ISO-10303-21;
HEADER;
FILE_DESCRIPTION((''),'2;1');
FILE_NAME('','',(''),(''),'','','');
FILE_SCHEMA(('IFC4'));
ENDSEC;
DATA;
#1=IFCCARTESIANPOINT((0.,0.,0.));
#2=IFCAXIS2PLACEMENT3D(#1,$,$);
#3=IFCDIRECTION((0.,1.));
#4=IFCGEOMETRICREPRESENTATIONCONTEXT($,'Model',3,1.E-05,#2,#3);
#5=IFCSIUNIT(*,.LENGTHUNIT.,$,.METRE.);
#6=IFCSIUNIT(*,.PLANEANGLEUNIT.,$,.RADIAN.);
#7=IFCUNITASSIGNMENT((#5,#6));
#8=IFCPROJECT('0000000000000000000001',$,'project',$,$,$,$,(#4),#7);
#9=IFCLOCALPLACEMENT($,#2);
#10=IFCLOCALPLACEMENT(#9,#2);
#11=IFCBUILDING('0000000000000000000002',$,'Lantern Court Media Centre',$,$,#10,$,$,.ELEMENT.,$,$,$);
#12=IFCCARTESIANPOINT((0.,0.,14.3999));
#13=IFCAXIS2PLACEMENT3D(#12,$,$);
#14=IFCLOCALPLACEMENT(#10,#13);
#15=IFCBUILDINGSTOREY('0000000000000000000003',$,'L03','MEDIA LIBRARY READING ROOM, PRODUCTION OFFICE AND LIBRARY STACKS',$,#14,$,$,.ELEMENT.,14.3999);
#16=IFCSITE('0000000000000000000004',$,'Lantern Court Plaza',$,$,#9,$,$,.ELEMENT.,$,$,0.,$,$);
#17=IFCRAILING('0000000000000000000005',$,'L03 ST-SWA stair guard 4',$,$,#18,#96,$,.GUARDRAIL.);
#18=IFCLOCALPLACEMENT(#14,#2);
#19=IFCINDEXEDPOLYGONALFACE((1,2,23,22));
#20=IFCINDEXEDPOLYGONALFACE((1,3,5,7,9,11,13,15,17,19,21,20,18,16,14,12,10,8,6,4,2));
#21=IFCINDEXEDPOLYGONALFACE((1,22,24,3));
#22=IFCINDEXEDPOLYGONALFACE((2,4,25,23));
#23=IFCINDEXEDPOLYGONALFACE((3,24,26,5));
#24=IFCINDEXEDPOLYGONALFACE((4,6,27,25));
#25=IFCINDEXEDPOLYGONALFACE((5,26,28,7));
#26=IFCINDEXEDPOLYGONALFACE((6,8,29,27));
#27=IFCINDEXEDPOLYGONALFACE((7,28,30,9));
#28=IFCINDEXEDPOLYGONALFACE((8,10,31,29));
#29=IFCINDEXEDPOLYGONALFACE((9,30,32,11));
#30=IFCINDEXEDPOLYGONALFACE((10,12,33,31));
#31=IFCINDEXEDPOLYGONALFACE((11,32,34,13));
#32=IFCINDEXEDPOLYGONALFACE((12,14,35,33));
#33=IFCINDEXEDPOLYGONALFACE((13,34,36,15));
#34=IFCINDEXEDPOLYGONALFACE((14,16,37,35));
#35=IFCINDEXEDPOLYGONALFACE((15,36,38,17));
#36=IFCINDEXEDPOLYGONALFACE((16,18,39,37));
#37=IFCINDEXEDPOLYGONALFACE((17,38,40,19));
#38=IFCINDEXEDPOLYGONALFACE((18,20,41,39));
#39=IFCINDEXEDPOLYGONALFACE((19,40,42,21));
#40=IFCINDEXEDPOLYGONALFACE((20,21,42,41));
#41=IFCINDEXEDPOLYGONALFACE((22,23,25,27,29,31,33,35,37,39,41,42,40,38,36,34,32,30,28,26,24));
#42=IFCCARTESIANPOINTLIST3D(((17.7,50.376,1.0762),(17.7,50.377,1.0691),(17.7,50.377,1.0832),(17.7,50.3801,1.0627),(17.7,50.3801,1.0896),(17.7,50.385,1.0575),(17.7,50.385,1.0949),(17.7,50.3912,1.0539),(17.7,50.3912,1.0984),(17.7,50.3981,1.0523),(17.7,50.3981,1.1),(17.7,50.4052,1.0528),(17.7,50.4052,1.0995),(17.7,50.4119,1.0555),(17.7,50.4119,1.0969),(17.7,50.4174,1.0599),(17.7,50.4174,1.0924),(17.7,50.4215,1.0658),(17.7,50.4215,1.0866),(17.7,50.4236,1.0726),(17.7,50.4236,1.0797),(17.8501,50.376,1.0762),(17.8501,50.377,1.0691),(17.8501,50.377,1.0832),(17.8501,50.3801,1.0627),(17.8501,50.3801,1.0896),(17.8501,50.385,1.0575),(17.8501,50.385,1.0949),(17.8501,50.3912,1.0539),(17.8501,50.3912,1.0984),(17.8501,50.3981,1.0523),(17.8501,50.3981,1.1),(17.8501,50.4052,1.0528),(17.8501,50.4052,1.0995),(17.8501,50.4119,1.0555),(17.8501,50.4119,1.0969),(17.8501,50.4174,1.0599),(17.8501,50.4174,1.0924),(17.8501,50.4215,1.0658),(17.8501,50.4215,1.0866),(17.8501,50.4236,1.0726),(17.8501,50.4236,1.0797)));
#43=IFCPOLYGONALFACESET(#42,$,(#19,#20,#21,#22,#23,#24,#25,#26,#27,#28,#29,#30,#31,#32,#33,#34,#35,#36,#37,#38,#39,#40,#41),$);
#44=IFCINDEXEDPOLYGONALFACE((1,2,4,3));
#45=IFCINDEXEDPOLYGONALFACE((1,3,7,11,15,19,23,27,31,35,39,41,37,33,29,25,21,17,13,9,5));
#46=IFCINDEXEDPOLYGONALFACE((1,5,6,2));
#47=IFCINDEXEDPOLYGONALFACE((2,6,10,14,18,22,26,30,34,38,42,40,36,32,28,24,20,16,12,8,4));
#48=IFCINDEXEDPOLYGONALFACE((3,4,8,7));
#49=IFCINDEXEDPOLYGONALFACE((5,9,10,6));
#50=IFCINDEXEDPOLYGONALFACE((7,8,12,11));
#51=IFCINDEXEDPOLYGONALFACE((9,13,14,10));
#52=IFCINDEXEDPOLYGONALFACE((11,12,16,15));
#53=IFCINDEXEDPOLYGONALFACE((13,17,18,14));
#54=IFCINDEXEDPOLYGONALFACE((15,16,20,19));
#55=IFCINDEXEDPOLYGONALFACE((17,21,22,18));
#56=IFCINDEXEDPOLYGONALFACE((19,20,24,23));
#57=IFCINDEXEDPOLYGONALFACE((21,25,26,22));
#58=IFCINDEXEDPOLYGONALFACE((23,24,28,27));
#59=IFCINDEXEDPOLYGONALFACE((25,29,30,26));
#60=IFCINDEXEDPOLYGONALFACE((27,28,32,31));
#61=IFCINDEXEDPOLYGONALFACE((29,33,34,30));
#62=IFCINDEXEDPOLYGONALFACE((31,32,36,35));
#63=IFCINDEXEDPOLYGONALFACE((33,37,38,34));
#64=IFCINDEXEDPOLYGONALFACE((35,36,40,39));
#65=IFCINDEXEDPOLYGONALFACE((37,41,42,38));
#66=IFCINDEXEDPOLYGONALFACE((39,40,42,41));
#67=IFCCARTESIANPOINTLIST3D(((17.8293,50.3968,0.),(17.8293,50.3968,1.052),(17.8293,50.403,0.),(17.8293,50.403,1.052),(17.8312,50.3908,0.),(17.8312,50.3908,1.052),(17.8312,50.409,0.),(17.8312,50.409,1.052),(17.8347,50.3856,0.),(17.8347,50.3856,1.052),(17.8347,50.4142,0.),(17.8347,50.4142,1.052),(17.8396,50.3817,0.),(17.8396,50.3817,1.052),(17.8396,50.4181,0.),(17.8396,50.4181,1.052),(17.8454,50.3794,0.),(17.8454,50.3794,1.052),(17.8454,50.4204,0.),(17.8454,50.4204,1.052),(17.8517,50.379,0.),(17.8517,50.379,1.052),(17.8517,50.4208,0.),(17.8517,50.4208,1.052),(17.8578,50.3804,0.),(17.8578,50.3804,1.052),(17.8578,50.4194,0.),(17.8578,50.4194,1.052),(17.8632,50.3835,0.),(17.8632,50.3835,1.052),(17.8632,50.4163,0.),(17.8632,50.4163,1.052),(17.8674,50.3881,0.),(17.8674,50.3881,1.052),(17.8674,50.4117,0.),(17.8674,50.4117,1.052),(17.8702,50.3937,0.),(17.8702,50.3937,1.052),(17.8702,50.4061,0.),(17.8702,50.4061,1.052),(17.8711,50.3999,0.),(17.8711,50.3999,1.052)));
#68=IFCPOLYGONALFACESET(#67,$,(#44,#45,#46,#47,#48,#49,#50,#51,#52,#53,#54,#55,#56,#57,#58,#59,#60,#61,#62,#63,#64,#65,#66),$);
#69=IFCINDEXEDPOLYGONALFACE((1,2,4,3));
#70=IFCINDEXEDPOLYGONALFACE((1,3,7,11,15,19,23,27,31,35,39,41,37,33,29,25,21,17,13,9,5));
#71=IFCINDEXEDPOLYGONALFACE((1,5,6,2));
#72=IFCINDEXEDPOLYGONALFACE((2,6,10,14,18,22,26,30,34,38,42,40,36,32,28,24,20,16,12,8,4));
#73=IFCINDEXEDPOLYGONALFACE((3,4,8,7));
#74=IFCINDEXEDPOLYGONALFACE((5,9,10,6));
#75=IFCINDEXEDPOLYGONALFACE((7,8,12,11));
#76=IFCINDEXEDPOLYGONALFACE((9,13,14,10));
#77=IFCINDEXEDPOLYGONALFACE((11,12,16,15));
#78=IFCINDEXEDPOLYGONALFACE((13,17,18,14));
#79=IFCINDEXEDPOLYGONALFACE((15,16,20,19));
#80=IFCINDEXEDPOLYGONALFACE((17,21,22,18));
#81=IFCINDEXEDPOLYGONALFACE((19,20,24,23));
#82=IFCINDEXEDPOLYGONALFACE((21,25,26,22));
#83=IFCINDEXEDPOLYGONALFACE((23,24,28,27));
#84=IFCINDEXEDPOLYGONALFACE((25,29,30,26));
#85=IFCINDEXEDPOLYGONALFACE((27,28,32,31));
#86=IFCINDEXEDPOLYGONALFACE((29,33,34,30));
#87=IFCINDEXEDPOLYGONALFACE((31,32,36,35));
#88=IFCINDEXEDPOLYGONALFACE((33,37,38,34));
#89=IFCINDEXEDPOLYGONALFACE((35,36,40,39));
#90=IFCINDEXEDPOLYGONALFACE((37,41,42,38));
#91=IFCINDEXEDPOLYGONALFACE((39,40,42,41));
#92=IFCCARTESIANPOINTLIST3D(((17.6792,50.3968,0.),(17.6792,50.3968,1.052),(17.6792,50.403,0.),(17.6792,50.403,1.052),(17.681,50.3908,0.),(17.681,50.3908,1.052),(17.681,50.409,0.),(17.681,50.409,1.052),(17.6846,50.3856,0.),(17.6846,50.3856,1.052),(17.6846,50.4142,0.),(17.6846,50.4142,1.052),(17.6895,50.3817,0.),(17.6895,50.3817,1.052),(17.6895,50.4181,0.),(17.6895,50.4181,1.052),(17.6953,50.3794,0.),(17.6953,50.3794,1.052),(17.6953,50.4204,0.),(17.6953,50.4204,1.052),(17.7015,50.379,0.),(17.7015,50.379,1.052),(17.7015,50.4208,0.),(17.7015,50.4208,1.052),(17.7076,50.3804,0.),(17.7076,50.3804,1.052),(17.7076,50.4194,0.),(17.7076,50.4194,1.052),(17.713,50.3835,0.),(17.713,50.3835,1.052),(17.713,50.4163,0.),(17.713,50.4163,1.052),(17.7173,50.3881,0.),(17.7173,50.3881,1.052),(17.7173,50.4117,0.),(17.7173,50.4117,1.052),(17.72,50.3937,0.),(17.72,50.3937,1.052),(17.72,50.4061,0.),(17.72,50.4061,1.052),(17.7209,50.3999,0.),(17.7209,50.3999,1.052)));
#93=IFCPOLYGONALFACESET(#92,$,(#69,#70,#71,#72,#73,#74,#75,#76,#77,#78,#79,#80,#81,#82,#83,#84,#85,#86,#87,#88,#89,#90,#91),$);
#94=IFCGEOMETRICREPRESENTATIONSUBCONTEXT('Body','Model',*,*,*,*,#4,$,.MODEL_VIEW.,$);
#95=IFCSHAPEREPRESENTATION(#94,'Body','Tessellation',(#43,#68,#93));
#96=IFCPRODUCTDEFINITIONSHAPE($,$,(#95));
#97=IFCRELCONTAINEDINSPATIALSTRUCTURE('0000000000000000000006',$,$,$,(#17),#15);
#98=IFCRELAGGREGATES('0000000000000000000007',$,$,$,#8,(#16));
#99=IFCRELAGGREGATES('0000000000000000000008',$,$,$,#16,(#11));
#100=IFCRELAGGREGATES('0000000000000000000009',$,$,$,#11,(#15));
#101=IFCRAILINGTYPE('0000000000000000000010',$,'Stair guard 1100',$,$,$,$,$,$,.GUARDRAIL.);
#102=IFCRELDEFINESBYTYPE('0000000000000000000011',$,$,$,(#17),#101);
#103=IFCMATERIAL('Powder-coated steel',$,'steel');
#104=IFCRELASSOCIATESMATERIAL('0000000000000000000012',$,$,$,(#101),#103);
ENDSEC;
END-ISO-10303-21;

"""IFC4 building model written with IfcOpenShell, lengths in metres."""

from ifc_helpers import new_model, si_unit, direction, frame, origin, origin_2d, place, context, subcontext, project, spatial, circle, extrude, material, type_object, element, save


model = new_model("IFC4")

# Units and contexts
model_context = context("Model", 3, precision=1e-05, world=origin(), true_north=direction((0.0, 1.0)))
body_context = subcontext(model_context, "Body", "Model", "MODEL_VIEW")
ifc_project = project(units=[si_unit("LENGTHUNIT", "METRE"), si_unit("PLANEANGLEUNIT", "RADIAN")], contexts=[model_context])

# Site, building, storey
site_placement = place(None, origin())
site = spatial("IfcSite", under=ifc_project, at=site_placement, Name="Lantern Court Plaza", CompositionType="ELEMENT", RefElevation=0.0)
building_placement = place(site_placement, origin())
building = spatial("IfcBuilding", under=site, at=building_placement, Name="Lantern Court Media Centre", CompositionType="ELEMENT")
storey_placement = place(building_placement, frame((0.0, 0.0, 14.3999)))
storey = spatial("IfcBuildingStorey", under=building, at=storey_placement, Name="L03", Description="MEDIA LIBRARY READING ROOM, PRODUCTION OFFICE AND LIBRARY STACKS", CompositionType="ELEMENT", Elevation=14.3999)

# Shared definitions
ifc_material_1 = material(Name="Powder-coated steel", Category="steel")

# Railing
railing_type_1 = type_object("IfcRailingType", Name="Stair guard 1100", PredefinedType="GUARDRAIL", material=ifc_material_1)
railing_1_placement = place(storey_placement, frame((17.8501, 50.3999, 0.0)))
element("IfcRailing", 1, at=railing_1_placement, inside=storey, type_object=railing_type_1, Name="L03 ST-SWA stair guard 4", PredefinedType="GUARDRAIL", context=body_context, shape_type="SweptSolid", body=[
    extrude(circle(Radius=0.0239, at=origin_2d()), frame((0.0, 0.0, 1.0762), z_axis=(-1.0, 0.0, 0.0), x_axis=(0.0, -1.0, 0.0)), (0.0, 0.0, 1.0), 0.1501),
    extrude(circle(Radius=0.021, at=origin_2d()), origin(), (0.0, 0.0, 1.0), 1.052),
    extrude(circle(Radius=0.021, at=origin_2d()), frame((-0.1501, 0.0, 0.0)), (0.0, 0.0, 1.0), 1.052),
])

save(model, "model.ifc")
